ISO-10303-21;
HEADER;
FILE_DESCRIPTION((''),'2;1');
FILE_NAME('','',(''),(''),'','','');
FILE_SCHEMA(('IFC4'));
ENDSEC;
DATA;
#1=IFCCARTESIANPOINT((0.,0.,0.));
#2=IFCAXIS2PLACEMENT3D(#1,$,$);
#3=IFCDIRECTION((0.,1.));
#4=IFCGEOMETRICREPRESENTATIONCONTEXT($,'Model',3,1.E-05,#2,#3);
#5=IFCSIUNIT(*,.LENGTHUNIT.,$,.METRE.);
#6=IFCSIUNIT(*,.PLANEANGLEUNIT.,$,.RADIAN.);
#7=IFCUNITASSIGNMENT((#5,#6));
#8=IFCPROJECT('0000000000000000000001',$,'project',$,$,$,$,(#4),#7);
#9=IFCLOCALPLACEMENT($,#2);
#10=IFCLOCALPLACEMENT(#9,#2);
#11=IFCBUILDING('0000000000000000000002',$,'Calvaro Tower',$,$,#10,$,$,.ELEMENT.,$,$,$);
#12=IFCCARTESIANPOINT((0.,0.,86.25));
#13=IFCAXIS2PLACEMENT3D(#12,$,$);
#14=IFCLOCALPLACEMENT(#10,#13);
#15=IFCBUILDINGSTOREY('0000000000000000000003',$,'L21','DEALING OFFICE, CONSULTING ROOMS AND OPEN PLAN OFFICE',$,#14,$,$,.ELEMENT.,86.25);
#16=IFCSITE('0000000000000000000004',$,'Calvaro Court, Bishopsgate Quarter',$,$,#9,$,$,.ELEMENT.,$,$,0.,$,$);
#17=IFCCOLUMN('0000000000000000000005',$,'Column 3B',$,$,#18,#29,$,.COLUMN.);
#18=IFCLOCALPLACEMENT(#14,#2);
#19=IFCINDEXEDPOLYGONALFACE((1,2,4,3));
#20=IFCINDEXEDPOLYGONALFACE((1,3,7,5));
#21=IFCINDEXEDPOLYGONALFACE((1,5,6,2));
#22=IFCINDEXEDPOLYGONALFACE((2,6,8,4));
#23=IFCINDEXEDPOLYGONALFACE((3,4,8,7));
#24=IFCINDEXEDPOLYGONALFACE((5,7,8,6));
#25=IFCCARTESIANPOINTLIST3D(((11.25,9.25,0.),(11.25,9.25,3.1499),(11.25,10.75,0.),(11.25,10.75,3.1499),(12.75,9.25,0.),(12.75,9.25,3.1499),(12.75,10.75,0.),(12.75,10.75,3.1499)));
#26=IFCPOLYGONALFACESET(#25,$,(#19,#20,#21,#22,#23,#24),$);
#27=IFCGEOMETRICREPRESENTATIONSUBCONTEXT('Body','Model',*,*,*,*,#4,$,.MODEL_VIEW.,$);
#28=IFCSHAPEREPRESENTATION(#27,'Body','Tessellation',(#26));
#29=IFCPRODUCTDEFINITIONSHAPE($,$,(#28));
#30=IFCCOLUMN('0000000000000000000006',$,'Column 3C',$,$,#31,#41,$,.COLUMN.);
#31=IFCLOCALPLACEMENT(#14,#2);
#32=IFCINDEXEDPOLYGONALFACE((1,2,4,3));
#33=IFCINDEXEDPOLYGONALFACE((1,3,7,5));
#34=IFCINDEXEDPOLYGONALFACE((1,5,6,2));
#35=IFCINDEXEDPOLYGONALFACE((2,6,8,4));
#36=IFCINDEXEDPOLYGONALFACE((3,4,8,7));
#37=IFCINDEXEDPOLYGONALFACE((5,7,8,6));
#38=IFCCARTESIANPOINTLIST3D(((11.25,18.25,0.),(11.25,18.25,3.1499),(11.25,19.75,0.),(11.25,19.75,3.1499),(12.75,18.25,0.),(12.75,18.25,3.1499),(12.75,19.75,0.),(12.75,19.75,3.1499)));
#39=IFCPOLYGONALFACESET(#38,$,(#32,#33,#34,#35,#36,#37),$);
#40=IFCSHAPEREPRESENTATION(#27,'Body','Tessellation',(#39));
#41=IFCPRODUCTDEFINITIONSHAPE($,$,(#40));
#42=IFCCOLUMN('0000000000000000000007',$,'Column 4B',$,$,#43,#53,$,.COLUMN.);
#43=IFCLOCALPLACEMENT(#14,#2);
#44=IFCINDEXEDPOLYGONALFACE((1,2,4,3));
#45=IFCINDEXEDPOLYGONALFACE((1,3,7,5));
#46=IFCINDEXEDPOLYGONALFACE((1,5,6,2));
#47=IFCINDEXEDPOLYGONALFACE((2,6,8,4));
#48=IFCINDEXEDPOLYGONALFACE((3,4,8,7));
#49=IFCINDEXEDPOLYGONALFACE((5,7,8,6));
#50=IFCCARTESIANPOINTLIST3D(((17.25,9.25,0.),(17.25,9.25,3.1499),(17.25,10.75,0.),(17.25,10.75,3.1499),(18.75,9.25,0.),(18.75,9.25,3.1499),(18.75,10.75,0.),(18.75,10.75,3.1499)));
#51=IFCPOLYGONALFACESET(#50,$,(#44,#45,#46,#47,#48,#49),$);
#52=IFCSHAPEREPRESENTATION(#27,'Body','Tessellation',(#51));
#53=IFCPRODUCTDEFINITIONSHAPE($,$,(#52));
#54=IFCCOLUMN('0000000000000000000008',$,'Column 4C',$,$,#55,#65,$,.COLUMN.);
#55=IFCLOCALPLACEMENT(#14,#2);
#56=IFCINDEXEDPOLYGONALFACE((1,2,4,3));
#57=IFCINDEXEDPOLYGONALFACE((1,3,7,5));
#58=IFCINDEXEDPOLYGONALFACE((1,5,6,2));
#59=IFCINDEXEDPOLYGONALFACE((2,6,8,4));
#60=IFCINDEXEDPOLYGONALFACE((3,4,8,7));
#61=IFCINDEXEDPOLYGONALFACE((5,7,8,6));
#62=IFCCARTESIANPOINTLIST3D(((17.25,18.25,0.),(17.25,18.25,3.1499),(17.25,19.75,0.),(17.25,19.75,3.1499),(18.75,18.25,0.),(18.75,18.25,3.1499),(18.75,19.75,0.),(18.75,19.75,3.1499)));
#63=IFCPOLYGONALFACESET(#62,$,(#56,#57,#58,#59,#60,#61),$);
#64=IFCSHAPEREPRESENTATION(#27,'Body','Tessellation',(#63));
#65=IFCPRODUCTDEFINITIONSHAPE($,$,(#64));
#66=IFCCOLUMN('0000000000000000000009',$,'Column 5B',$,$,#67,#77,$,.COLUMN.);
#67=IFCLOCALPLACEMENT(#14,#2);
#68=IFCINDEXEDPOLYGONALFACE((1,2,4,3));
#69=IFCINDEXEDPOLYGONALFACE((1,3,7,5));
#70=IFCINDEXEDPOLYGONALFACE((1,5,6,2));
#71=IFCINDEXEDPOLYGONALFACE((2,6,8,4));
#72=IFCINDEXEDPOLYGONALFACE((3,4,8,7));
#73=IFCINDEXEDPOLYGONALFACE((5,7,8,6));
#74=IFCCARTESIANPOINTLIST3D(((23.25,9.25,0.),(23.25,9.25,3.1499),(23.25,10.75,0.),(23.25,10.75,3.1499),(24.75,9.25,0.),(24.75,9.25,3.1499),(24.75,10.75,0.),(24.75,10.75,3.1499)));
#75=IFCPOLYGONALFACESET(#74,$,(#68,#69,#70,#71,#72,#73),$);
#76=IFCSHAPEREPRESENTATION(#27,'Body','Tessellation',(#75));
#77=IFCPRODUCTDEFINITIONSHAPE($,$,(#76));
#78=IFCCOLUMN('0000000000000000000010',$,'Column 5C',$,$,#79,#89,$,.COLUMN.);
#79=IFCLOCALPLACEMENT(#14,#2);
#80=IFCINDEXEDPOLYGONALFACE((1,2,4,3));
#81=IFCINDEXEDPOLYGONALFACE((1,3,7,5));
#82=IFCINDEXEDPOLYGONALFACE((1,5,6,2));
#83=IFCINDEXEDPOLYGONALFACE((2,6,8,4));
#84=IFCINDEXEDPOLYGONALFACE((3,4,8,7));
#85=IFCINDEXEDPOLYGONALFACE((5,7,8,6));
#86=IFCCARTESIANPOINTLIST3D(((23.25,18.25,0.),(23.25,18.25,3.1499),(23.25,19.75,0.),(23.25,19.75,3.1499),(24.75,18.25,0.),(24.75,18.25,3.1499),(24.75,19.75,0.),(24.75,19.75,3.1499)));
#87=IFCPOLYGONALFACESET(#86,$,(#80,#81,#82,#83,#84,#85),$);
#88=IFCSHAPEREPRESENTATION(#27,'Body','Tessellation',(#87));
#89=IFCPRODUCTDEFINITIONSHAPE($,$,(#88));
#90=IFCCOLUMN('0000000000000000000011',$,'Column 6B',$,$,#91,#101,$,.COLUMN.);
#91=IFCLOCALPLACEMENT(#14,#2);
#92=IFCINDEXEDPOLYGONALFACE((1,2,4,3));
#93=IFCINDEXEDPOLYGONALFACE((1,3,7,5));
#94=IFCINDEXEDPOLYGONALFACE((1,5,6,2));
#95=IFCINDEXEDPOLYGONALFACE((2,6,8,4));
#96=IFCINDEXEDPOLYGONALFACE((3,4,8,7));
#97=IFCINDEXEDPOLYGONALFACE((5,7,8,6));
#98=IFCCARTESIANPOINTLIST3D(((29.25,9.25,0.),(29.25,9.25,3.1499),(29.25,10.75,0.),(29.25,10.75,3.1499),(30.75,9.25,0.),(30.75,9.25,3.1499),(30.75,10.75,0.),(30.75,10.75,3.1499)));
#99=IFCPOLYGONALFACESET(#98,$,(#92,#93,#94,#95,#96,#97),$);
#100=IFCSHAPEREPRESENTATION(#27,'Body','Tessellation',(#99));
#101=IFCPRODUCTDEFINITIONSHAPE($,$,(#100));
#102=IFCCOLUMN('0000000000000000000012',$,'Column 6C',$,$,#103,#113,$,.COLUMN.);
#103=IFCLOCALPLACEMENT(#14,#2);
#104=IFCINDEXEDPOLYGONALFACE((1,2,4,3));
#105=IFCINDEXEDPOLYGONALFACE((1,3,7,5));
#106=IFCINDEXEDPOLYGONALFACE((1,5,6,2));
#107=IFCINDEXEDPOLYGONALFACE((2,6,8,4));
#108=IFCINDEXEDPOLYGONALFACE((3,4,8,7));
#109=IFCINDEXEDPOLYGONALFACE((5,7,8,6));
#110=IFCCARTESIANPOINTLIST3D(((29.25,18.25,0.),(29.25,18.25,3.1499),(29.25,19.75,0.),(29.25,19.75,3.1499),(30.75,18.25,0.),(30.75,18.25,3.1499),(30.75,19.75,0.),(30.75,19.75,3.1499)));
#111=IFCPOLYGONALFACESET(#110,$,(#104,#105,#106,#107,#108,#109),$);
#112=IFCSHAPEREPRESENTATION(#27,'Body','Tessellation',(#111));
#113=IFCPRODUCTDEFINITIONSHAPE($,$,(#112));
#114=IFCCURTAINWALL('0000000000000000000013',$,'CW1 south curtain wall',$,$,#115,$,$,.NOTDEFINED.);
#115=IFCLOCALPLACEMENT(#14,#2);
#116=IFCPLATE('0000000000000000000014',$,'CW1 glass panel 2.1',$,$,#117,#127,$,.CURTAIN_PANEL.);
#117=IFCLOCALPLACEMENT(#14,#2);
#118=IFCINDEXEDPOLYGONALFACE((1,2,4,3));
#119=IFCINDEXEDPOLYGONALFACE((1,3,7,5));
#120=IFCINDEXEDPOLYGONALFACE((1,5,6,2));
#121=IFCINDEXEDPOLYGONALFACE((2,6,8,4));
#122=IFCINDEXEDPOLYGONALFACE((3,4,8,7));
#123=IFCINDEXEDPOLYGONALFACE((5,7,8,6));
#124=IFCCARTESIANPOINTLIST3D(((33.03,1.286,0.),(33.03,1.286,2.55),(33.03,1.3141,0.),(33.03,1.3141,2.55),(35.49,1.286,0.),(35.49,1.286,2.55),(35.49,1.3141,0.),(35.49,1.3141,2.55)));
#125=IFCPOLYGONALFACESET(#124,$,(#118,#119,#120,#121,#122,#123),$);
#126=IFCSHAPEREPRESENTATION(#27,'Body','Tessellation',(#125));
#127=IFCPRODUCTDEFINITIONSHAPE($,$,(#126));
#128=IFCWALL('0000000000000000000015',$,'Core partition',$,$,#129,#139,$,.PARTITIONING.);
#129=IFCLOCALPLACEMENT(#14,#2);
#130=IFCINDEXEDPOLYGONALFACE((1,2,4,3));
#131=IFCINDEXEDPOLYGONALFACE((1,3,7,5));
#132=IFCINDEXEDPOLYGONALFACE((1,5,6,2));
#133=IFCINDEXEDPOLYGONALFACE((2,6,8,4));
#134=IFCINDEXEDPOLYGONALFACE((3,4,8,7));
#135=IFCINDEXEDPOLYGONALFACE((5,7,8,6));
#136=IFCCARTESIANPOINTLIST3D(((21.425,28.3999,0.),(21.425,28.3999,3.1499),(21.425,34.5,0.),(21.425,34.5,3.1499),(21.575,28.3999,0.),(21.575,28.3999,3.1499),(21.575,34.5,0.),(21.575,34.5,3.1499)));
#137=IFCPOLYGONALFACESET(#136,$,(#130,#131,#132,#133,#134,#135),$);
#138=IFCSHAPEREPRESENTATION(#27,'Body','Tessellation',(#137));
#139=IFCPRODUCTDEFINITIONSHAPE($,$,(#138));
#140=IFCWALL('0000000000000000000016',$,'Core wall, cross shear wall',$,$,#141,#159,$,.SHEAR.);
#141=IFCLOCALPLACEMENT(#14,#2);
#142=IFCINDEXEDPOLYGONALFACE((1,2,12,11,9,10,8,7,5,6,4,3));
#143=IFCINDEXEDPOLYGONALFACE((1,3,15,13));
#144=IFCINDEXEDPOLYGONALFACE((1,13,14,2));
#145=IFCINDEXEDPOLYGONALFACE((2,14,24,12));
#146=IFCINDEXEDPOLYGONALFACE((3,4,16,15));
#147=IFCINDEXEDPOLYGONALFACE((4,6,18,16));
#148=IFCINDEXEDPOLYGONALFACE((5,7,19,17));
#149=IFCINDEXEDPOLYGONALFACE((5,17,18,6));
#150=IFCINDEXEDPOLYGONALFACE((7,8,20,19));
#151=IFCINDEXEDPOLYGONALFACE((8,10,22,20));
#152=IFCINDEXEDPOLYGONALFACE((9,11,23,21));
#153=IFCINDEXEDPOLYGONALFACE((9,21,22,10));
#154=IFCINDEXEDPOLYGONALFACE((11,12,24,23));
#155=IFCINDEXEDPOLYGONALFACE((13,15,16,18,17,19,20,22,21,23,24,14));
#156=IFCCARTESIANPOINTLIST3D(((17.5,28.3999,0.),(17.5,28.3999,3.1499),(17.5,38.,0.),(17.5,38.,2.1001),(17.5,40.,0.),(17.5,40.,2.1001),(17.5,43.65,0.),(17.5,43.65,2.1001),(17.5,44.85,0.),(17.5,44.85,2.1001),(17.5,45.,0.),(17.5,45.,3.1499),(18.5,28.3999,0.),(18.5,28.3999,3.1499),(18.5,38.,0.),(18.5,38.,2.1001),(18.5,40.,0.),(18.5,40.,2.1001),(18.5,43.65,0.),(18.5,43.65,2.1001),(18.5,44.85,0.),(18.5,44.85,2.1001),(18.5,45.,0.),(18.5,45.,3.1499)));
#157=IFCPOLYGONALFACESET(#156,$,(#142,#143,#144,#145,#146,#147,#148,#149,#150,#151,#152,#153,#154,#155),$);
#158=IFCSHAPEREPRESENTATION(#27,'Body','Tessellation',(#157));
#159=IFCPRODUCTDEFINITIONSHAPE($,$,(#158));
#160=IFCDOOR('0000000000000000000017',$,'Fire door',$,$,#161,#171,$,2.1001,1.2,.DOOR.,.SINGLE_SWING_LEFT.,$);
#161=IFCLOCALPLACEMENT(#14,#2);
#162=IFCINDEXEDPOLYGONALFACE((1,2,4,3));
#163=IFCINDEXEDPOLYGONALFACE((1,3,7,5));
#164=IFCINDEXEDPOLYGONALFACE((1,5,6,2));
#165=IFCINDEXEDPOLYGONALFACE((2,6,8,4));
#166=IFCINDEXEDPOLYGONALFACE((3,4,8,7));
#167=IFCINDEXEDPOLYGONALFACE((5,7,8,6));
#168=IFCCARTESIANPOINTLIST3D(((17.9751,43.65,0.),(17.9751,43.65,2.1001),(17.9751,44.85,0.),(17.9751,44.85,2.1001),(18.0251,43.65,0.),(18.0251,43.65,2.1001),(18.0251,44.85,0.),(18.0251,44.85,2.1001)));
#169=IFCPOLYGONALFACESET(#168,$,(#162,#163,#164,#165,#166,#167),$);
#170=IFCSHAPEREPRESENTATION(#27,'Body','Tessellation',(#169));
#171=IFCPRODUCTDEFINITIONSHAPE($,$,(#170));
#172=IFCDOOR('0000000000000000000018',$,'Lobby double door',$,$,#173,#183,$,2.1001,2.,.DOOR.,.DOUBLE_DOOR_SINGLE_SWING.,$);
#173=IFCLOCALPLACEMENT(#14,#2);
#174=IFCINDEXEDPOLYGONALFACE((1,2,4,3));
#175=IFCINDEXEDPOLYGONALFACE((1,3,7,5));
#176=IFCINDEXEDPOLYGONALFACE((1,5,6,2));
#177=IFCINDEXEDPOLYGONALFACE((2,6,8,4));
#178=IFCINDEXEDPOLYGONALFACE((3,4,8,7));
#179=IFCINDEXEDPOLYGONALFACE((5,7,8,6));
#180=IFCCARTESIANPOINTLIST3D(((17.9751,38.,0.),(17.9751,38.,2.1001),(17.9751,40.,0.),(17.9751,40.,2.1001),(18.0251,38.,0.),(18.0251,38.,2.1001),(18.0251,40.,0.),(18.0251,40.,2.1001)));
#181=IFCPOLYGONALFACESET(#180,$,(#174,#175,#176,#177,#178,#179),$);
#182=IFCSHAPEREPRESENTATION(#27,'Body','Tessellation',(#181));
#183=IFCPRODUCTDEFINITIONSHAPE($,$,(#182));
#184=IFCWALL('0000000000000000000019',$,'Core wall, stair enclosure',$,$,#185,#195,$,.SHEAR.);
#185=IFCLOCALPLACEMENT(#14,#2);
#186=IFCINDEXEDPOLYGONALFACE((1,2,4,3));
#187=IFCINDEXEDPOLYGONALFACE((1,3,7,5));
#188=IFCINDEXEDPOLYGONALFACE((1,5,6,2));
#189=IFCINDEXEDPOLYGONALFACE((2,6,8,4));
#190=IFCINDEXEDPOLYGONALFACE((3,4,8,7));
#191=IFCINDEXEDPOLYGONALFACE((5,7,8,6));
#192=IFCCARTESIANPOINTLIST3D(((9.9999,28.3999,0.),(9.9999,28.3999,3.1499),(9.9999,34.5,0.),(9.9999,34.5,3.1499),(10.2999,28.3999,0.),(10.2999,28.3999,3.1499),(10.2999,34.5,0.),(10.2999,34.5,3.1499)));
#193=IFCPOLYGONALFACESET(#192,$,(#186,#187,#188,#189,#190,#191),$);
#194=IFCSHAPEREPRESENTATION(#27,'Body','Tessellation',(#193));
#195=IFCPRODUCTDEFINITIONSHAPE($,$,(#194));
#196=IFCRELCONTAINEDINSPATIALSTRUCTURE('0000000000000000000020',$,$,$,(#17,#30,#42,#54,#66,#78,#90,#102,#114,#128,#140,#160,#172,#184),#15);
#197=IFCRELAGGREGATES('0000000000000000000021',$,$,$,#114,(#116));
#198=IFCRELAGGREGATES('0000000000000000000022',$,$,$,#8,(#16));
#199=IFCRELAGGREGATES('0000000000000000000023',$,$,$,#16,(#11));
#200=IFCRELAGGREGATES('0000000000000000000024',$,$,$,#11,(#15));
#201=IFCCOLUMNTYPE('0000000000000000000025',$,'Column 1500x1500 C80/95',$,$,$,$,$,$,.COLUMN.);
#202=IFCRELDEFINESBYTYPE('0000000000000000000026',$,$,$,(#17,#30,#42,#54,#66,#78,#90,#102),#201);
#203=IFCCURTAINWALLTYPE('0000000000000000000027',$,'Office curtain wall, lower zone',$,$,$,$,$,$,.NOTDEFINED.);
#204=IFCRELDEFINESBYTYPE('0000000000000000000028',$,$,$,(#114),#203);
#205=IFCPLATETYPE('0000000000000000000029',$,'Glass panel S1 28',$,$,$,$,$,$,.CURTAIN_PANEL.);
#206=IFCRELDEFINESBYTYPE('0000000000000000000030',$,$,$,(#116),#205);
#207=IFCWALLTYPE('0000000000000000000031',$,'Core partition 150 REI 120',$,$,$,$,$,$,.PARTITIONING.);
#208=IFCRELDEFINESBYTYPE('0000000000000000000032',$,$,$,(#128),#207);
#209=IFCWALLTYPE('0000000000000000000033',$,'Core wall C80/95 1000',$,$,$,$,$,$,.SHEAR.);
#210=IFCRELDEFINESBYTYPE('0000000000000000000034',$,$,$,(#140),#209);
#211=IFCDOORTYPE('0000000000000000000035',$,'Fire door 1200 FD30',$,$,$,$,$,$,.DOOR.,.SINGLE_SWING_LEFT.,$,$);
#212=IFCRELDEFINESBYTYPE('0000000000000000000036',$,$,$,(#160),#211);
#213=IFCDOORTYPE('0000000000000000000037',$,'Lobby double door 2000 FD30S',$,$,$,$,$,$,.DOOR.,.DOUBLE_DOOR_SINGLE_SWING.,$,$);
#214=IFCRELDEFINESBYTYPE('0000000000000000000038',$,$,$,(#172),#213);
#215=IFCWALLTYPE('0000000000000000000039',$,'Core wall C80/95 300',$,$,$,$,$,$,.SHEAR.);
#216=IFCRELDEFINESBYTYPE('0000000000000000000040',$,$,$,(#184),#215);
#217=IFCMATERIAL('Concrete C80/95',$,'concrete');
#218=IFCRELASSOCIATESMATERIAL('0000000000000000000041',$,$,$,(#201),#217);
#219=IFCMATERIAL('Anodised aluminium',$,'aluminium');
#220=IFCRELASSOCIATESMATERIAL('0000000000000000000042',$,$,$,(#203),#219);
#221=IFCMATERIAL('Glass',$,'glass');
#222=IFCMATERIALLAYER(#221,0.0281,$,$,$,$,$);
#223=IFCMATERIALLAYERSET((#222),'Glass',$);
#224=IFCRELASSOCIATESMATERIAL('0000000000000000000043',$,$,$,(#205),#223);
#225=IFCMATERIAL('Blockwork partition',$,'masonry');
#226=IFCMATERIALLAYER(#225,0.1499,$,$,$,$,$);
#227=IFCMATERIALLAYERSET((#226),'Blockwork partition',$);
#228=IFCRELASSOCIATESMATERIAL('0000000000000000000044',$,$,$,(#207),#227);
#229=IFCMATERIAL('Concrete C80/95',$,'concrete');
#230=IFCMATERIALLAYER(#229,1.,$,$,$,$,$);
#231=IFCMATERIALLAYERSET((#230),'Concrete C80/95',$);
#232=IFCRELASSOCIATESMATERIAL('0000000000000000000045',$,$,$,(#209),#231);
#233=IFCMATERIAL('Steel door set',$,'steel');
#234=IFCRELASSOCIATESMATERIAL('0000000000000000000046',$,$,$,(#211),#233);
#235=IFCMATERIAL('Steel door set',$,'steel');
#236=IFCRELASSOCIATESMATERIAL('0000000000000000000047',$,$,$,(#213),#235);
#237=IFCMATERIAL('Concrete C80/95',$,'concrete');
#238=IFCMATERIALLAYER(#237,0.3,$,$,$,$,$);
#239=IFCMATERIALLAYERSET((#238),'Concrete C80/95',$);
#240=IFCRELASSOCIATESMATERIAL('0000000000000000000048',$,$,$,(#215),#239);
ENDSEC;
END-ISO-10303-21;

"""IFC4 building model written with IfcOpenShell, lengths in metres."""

from ifc_helpers import new_model, si_unit, direction, frame, frame_2d, origin, origin_2d, place, context, subcontext, project, spatial, rectangle, extrude, material, layer, layer_set, material_profile, profile_set, type_object, element, fill, aggregate, save


model = new_model("IFC4")

# Units and contexts
model_context = context("Model", 3, precision=1e-05, world=origin(), true_north=direction((0.0, 1.0)))
body_context = subcontext(model_context, "Body", "Model", "MODEL_VIEW")
ifc_project = project(units=[si_unit("LENGTHUNIT", "METRE"), si_unit("PLANEANGLEUNIT", "RADIAN")], contexts=[model_context])

# Site, building, storey
site_placement = place(None, origin())
site = spatial("IfcSite", under=ifc_project, at=site_placement, Name="Calvaro Court, Bishopsgate Quarter", CompositionType="ELEMENT", RefElevation=0.0)
building_placement = place(site_placement, origin())
building = spatial("IfcBuilding", under=site, at=building_placement, Name="Calvaro Tower", CompositionType="ELEMENT")
storey_placement = place(building_placement, frame((0.0, 0.0, 86.25)))
storey = spatial("IfcBuildingStorey", under=building, at=storey_placement, Name="L21", Description="DEALING OFFICE, CONSULTING ROOMS AND OPEN PLAN OFFICE", CompositionType="ELEMENT", Elevation=86.25)

# Columns
ifc_material_1 = material(Name="Concrete C80/95", Category="concrete")
ifc_material_profile = material_profile(ifc_material_1, rectangle(XDim=1.5, YDim=1.5, at=origin_2d()), Name="RC 1500x1500")
ifc_profile_set = profile_set([ifc_material_profile], Name="Concrete C80/95")
column_type = type_object("IfcColumnType", Name="Column 1500x1500 C80/95", PredefinedType="COLUMN", material=ifc_profile_set)
for number, where, z_axis, x_axis, name in (
    (1, (12.0, 10.0, 0.0), (0.0, 0.0, 1.0), (1.0, 0.0, 0.0), "Column 3B"),
    (2, (12.0, 19.0, 0.0), (0.0, 0.0, 1.0), (1.0, 0.0, 0.0), "Column 3C"),
    (3, (18.0, 10.0, 0.0), (0.0, 0.0, 1.0), (1.0, 0.0, 0.0), "Column 4B"),
    (4, (18.0, 19.0, 0.0), (0.0, 0.0, 1.0), (1.0, 0.0, 0.0), "Column 4C"),
    (5, (24.0, 10.0, 0.0), (0.0, 0.0, 1.0), (1.0, 0.0, 0.0), "Column 5B"),
    (6, (24.0, 19.0, 0.0), (0.0, 0.0, 1.0), (1.0, 0.0, 0.0), "Column 5C"),
    (7, (30.0, 10.0, 0.0), (0.0, 0.0, 1.0), (1.0, 0.0, 0.0), "Column 6B"),
    (8, (30.0, 19.0, 0.0), (0.0, 0.0, 1.0), (1.0, 0.0, 0.0), "Column 6C"),
):
    element("IfcColumn", number, at=place(storey_placement, frame(where, z_axis=z_axis, x_axis=x_axis)), inside=storey, type_object=column_type, Name=name, PredefinedType="COLUMN", context=body_context, shape_type="SweptSolid", body=[
        extrude(rectangle(XDim=1.5, YDim=1.5, at=origin_2d()), origin(), (0.0, 0.0, 1.0), 3.1499),
    ])

# Curtain wall, plate
ifc_material_2 = material(Name="Anodised aluminium", Category="aluminium")
curtain_wall_type = type_object("IfcCurtainWallType", Name="Office curtain wall, lower zone", PredefinedType="NOTDEFINED", material=ifc_material_2)
curtain_wall_placement = place(storey_placement, origin())
curtain_wall = element("IfcCurtainWall", 9, at=curtain_wall_placement, inside=storey, type_object=curtain_wall_type, Name="CW1 south curtain wall", PredefinedType="NOTDEFINED")
ifc_material_3 = material(Name="Glass", Category="glass")
ifc_layer_1 = layer(ifc_material_3, 0.0281)
ifc_layer_set_1 = layer_set([ifc_layer_1], Name="Glass")
plate_type = type_object("IfcPlateType", Name="Glass panel S1 28", PredefinedType="CURTAIN_PANEL", material=ifc_layer_set_1)
plate_placement = place(storey_placement, frame((34.26, 1.3, 0.0), z_axis=(0.0, 0.0, 1.0), x_axis=(1.0, 0.0, 0.0)))
plate = element("IfcPlate", 10, at=plate_placement, type_object=plate_type, Name="CW1 glass panel 2.1", PredefinedType="CURTAIN_PANEL", context=body_context, shape_type="SweptSolid", body=[
    extrude(rectangle(XDim=2.46, YDim=0.0281, at=origin_2d()), origin(), (0.0, 0.0, 1.0), 2.55),
])
aggregate(curtain_wall, [plate])

# Wall
ifc_material_4 = material(Name="Blockwork partition", Category="masonry")
ifc_layer_2 = layer(ifc_material_4, 0.1499)
ifc_layer_set_2 = layer_set([ifc_layer_2], Name="Blockwork partition")
wall_type_1 = type_object("IfcWallType", Name="Core partition 150 REI 120", PredefinedType="PARTITIONING", material=ifc_layer_set_2)
wall_1_placement = place(storey_placement, frame((21.5, 28.3999, 0.0), z_axis=(0.0, 0.0, 1.0), x_axis=(0.0, 1.0, 0.0)))
element("IfcWall", 11, at=wall_1_placement, inside=storey, type_object=wall_type_1, Name="Core partition", PredefinedType="PARTITIONING", context=body_context, shape_type="SweptSolid", body=[
    extrude(rectangle(XDim=6.1001, YDim=0.1499, at=frame_2d((3.05, 0.0))), origin(), (0.0, 0.0, 1.0), 3.1499),
])

# Wall, openings, doors
ifc_material_5 = material(Name="Concrete C80/95", Category="concrete")
ifc_layer_3 = layer(ifc_material_5, 1.0)
ifc_layer_set_3 = layer_set([ifc_layer_3], Name="Concrete C80/95")
wall_type_2 = type_object("IfcWallType", Name="Core wall C80/95 1000", PredefinedType="SHEAR", material=ifc_layer_set_3)
wall_2_placement = place(storey_placement, frame((18.0, 28.3999, 0.0), z_axis=(0.0, 0.0, 1.0), x_axis=(0.0, 1.0, 0.0)))
wall_2 = element("IfcWall", 12, at=wall_2_placement, inside=storey, type_object=wall_type_2, Name="Core wall, cross shear wall", PredefinedType="SHEAR", context=body_context, shape_type="SweptSolid", body=[
    extrude(rectangle(XDim=16.6001, YDim=1.0, at=frame_2d((8.3, 0.0))), origin(), (0.0, 0.0, 1.0), 3.1499),
])
opening_1_placement = place(wall_2_placement, frame((9.6001, 0.0, 0.0)))
opening_1 = element("IfcOpeningElement", 13, at=opening_1_placement, cuts=wall_2, PredefinedType="OPENING", context=body_context, shape_type="SweptSolid", body=[
    extrude(rectangle(XDim=2.0, YDim=2.1001, at=frame_2d((1.0, 1.05))), frame((0.0, 0.51, 0.0), z_axis=(0.0, -1.0, 0.0), x_axis=(1.0, 0.0, 0.0)), (0.0, 0.0, 1.0), 1.02),
])
opening_2_placement = place(wall_2_placement, frame((15.25, 0.0, 0.0)))
opening_2 = element("IfcOpeningElement", 14, at=opening_2_placement, cuts=wall_2, PredefinedType="OPENING", context=body_context, shape_type="SweptSolid", body=[
    extrude(rectangle(XDim=1.2, YDim=2.1001, at=frame_2d((0.6001, 1.05))), frame((0.0, 0.51, 0.0), z_axis=(0.0, -1.0, 0.0), x_axis=(1.0, 0.0, 0.0)), (0.0, 0.0, 1.0), 1.02),
])
ifc_material_6 = material(Name="Steel door set", Category="steel")
door_type_1 = type_object("IfcDoorType", Name="Fire door 1200 FD30", OperationType="SINGLE_SWING_LEFT", PredefinedType="DOOR", material=ifc_material_6)
door_1_placement = place(opening_2_placement, origin())
door_1 = element("IfcDoor", 15, at=door_1_placement, inside=storey, type_object=door_type_1, Name="Fire door", OperationType="SINGLE_SWING_LEFT", OverallHeight=2.1001, OverallWidth=1.2, PredefinedType="DOOR", context=body_context, shape_type="SweptSolid", body=[
    extrude(rectangle(XDim=1.2, YDim=2.1001, at=frame_2d((0.6001, 1.05))), frame((0.0, 0.0249, 0.0), z_axis=(0.0, -1.0, 0.0), x_axis=(1.0, 0.0, 0.0)), (0.0, 0.0, 1.0), 0.05),
])
fill(opening_2, door_1)
ifc_material_7 = material(Name="Steel door set", Category="steel")
door_type_2 = type_object("IfcDoorType", Name="Lobby double door 2000 FD30S", OperationType="DOUBLE_DOOR_SINGLE_SWING", PredefinedType="DOOR", material=ifc_material_7)
door_2_placement = place(opening_1_placement, origin())
door_2 = element("IfcDoor", 16, at=door_2_placement, inside=storey, type_object=door_type_2, Name="Lobby double door", OperationType="DOUBLE_DOOR_SINGLE_SWING", OverallHeight=2.1001, OverallWidth=2.0, PredefinedType="DOOR", context=body_context, shape_type="SweptSolid", body=[
    extrude(rectangle(XDim=2.0, YDim=2.1001, at=frame_2d((1.0, 1.05))), frame((0.0, 0.0249, 0.0), z_axis=(0.0, -1.0, 0.0), x_axis=(1.0, 0.0, 0.0)), (0.0, 0.0, 1.0), 0.05),
])
fill(opening_1, door_2)

# Wall
ifc_material_8 = material(Name="Concrete C80/95", Category="concrete")
ifc_layer_4 = layer(ifc_material_8, 0.3)
ifc_layer_set_4 = layer_set([ifc_layer_4], Name="Concrete C80/95")
wall_type_3 = type_object("IfcWallType", Name="Core wall C80/95 300", PredefinedType="SHEAR", material=ifc_layer_set_4)
for number, where, z_axis, x_axis, name in (
    (17, (10.1499, 28.3999, 0.0), (0.0, 0.0, 1.0), (0.0, 1.0, 0.0), "Core wall, stair enclosure"),
):
    element("IfcWall", number, at=place(storey_placement, frame(where, z_axis=z_axis, x_axis=x_axis)), inside=storey, type_object=wall_type_3, Name=name, PredefinedType="SHEAR", context=body_context, shape_type="SweptSolid", body=[
        extrude(rectangle(XDim=6.1001, YDim=0.3, at=frame_2d((3.05, 0.0))), origin(), (0.0, 0.0, 1.0), 3.1499),
    ])

save(model, "model.ifc")
